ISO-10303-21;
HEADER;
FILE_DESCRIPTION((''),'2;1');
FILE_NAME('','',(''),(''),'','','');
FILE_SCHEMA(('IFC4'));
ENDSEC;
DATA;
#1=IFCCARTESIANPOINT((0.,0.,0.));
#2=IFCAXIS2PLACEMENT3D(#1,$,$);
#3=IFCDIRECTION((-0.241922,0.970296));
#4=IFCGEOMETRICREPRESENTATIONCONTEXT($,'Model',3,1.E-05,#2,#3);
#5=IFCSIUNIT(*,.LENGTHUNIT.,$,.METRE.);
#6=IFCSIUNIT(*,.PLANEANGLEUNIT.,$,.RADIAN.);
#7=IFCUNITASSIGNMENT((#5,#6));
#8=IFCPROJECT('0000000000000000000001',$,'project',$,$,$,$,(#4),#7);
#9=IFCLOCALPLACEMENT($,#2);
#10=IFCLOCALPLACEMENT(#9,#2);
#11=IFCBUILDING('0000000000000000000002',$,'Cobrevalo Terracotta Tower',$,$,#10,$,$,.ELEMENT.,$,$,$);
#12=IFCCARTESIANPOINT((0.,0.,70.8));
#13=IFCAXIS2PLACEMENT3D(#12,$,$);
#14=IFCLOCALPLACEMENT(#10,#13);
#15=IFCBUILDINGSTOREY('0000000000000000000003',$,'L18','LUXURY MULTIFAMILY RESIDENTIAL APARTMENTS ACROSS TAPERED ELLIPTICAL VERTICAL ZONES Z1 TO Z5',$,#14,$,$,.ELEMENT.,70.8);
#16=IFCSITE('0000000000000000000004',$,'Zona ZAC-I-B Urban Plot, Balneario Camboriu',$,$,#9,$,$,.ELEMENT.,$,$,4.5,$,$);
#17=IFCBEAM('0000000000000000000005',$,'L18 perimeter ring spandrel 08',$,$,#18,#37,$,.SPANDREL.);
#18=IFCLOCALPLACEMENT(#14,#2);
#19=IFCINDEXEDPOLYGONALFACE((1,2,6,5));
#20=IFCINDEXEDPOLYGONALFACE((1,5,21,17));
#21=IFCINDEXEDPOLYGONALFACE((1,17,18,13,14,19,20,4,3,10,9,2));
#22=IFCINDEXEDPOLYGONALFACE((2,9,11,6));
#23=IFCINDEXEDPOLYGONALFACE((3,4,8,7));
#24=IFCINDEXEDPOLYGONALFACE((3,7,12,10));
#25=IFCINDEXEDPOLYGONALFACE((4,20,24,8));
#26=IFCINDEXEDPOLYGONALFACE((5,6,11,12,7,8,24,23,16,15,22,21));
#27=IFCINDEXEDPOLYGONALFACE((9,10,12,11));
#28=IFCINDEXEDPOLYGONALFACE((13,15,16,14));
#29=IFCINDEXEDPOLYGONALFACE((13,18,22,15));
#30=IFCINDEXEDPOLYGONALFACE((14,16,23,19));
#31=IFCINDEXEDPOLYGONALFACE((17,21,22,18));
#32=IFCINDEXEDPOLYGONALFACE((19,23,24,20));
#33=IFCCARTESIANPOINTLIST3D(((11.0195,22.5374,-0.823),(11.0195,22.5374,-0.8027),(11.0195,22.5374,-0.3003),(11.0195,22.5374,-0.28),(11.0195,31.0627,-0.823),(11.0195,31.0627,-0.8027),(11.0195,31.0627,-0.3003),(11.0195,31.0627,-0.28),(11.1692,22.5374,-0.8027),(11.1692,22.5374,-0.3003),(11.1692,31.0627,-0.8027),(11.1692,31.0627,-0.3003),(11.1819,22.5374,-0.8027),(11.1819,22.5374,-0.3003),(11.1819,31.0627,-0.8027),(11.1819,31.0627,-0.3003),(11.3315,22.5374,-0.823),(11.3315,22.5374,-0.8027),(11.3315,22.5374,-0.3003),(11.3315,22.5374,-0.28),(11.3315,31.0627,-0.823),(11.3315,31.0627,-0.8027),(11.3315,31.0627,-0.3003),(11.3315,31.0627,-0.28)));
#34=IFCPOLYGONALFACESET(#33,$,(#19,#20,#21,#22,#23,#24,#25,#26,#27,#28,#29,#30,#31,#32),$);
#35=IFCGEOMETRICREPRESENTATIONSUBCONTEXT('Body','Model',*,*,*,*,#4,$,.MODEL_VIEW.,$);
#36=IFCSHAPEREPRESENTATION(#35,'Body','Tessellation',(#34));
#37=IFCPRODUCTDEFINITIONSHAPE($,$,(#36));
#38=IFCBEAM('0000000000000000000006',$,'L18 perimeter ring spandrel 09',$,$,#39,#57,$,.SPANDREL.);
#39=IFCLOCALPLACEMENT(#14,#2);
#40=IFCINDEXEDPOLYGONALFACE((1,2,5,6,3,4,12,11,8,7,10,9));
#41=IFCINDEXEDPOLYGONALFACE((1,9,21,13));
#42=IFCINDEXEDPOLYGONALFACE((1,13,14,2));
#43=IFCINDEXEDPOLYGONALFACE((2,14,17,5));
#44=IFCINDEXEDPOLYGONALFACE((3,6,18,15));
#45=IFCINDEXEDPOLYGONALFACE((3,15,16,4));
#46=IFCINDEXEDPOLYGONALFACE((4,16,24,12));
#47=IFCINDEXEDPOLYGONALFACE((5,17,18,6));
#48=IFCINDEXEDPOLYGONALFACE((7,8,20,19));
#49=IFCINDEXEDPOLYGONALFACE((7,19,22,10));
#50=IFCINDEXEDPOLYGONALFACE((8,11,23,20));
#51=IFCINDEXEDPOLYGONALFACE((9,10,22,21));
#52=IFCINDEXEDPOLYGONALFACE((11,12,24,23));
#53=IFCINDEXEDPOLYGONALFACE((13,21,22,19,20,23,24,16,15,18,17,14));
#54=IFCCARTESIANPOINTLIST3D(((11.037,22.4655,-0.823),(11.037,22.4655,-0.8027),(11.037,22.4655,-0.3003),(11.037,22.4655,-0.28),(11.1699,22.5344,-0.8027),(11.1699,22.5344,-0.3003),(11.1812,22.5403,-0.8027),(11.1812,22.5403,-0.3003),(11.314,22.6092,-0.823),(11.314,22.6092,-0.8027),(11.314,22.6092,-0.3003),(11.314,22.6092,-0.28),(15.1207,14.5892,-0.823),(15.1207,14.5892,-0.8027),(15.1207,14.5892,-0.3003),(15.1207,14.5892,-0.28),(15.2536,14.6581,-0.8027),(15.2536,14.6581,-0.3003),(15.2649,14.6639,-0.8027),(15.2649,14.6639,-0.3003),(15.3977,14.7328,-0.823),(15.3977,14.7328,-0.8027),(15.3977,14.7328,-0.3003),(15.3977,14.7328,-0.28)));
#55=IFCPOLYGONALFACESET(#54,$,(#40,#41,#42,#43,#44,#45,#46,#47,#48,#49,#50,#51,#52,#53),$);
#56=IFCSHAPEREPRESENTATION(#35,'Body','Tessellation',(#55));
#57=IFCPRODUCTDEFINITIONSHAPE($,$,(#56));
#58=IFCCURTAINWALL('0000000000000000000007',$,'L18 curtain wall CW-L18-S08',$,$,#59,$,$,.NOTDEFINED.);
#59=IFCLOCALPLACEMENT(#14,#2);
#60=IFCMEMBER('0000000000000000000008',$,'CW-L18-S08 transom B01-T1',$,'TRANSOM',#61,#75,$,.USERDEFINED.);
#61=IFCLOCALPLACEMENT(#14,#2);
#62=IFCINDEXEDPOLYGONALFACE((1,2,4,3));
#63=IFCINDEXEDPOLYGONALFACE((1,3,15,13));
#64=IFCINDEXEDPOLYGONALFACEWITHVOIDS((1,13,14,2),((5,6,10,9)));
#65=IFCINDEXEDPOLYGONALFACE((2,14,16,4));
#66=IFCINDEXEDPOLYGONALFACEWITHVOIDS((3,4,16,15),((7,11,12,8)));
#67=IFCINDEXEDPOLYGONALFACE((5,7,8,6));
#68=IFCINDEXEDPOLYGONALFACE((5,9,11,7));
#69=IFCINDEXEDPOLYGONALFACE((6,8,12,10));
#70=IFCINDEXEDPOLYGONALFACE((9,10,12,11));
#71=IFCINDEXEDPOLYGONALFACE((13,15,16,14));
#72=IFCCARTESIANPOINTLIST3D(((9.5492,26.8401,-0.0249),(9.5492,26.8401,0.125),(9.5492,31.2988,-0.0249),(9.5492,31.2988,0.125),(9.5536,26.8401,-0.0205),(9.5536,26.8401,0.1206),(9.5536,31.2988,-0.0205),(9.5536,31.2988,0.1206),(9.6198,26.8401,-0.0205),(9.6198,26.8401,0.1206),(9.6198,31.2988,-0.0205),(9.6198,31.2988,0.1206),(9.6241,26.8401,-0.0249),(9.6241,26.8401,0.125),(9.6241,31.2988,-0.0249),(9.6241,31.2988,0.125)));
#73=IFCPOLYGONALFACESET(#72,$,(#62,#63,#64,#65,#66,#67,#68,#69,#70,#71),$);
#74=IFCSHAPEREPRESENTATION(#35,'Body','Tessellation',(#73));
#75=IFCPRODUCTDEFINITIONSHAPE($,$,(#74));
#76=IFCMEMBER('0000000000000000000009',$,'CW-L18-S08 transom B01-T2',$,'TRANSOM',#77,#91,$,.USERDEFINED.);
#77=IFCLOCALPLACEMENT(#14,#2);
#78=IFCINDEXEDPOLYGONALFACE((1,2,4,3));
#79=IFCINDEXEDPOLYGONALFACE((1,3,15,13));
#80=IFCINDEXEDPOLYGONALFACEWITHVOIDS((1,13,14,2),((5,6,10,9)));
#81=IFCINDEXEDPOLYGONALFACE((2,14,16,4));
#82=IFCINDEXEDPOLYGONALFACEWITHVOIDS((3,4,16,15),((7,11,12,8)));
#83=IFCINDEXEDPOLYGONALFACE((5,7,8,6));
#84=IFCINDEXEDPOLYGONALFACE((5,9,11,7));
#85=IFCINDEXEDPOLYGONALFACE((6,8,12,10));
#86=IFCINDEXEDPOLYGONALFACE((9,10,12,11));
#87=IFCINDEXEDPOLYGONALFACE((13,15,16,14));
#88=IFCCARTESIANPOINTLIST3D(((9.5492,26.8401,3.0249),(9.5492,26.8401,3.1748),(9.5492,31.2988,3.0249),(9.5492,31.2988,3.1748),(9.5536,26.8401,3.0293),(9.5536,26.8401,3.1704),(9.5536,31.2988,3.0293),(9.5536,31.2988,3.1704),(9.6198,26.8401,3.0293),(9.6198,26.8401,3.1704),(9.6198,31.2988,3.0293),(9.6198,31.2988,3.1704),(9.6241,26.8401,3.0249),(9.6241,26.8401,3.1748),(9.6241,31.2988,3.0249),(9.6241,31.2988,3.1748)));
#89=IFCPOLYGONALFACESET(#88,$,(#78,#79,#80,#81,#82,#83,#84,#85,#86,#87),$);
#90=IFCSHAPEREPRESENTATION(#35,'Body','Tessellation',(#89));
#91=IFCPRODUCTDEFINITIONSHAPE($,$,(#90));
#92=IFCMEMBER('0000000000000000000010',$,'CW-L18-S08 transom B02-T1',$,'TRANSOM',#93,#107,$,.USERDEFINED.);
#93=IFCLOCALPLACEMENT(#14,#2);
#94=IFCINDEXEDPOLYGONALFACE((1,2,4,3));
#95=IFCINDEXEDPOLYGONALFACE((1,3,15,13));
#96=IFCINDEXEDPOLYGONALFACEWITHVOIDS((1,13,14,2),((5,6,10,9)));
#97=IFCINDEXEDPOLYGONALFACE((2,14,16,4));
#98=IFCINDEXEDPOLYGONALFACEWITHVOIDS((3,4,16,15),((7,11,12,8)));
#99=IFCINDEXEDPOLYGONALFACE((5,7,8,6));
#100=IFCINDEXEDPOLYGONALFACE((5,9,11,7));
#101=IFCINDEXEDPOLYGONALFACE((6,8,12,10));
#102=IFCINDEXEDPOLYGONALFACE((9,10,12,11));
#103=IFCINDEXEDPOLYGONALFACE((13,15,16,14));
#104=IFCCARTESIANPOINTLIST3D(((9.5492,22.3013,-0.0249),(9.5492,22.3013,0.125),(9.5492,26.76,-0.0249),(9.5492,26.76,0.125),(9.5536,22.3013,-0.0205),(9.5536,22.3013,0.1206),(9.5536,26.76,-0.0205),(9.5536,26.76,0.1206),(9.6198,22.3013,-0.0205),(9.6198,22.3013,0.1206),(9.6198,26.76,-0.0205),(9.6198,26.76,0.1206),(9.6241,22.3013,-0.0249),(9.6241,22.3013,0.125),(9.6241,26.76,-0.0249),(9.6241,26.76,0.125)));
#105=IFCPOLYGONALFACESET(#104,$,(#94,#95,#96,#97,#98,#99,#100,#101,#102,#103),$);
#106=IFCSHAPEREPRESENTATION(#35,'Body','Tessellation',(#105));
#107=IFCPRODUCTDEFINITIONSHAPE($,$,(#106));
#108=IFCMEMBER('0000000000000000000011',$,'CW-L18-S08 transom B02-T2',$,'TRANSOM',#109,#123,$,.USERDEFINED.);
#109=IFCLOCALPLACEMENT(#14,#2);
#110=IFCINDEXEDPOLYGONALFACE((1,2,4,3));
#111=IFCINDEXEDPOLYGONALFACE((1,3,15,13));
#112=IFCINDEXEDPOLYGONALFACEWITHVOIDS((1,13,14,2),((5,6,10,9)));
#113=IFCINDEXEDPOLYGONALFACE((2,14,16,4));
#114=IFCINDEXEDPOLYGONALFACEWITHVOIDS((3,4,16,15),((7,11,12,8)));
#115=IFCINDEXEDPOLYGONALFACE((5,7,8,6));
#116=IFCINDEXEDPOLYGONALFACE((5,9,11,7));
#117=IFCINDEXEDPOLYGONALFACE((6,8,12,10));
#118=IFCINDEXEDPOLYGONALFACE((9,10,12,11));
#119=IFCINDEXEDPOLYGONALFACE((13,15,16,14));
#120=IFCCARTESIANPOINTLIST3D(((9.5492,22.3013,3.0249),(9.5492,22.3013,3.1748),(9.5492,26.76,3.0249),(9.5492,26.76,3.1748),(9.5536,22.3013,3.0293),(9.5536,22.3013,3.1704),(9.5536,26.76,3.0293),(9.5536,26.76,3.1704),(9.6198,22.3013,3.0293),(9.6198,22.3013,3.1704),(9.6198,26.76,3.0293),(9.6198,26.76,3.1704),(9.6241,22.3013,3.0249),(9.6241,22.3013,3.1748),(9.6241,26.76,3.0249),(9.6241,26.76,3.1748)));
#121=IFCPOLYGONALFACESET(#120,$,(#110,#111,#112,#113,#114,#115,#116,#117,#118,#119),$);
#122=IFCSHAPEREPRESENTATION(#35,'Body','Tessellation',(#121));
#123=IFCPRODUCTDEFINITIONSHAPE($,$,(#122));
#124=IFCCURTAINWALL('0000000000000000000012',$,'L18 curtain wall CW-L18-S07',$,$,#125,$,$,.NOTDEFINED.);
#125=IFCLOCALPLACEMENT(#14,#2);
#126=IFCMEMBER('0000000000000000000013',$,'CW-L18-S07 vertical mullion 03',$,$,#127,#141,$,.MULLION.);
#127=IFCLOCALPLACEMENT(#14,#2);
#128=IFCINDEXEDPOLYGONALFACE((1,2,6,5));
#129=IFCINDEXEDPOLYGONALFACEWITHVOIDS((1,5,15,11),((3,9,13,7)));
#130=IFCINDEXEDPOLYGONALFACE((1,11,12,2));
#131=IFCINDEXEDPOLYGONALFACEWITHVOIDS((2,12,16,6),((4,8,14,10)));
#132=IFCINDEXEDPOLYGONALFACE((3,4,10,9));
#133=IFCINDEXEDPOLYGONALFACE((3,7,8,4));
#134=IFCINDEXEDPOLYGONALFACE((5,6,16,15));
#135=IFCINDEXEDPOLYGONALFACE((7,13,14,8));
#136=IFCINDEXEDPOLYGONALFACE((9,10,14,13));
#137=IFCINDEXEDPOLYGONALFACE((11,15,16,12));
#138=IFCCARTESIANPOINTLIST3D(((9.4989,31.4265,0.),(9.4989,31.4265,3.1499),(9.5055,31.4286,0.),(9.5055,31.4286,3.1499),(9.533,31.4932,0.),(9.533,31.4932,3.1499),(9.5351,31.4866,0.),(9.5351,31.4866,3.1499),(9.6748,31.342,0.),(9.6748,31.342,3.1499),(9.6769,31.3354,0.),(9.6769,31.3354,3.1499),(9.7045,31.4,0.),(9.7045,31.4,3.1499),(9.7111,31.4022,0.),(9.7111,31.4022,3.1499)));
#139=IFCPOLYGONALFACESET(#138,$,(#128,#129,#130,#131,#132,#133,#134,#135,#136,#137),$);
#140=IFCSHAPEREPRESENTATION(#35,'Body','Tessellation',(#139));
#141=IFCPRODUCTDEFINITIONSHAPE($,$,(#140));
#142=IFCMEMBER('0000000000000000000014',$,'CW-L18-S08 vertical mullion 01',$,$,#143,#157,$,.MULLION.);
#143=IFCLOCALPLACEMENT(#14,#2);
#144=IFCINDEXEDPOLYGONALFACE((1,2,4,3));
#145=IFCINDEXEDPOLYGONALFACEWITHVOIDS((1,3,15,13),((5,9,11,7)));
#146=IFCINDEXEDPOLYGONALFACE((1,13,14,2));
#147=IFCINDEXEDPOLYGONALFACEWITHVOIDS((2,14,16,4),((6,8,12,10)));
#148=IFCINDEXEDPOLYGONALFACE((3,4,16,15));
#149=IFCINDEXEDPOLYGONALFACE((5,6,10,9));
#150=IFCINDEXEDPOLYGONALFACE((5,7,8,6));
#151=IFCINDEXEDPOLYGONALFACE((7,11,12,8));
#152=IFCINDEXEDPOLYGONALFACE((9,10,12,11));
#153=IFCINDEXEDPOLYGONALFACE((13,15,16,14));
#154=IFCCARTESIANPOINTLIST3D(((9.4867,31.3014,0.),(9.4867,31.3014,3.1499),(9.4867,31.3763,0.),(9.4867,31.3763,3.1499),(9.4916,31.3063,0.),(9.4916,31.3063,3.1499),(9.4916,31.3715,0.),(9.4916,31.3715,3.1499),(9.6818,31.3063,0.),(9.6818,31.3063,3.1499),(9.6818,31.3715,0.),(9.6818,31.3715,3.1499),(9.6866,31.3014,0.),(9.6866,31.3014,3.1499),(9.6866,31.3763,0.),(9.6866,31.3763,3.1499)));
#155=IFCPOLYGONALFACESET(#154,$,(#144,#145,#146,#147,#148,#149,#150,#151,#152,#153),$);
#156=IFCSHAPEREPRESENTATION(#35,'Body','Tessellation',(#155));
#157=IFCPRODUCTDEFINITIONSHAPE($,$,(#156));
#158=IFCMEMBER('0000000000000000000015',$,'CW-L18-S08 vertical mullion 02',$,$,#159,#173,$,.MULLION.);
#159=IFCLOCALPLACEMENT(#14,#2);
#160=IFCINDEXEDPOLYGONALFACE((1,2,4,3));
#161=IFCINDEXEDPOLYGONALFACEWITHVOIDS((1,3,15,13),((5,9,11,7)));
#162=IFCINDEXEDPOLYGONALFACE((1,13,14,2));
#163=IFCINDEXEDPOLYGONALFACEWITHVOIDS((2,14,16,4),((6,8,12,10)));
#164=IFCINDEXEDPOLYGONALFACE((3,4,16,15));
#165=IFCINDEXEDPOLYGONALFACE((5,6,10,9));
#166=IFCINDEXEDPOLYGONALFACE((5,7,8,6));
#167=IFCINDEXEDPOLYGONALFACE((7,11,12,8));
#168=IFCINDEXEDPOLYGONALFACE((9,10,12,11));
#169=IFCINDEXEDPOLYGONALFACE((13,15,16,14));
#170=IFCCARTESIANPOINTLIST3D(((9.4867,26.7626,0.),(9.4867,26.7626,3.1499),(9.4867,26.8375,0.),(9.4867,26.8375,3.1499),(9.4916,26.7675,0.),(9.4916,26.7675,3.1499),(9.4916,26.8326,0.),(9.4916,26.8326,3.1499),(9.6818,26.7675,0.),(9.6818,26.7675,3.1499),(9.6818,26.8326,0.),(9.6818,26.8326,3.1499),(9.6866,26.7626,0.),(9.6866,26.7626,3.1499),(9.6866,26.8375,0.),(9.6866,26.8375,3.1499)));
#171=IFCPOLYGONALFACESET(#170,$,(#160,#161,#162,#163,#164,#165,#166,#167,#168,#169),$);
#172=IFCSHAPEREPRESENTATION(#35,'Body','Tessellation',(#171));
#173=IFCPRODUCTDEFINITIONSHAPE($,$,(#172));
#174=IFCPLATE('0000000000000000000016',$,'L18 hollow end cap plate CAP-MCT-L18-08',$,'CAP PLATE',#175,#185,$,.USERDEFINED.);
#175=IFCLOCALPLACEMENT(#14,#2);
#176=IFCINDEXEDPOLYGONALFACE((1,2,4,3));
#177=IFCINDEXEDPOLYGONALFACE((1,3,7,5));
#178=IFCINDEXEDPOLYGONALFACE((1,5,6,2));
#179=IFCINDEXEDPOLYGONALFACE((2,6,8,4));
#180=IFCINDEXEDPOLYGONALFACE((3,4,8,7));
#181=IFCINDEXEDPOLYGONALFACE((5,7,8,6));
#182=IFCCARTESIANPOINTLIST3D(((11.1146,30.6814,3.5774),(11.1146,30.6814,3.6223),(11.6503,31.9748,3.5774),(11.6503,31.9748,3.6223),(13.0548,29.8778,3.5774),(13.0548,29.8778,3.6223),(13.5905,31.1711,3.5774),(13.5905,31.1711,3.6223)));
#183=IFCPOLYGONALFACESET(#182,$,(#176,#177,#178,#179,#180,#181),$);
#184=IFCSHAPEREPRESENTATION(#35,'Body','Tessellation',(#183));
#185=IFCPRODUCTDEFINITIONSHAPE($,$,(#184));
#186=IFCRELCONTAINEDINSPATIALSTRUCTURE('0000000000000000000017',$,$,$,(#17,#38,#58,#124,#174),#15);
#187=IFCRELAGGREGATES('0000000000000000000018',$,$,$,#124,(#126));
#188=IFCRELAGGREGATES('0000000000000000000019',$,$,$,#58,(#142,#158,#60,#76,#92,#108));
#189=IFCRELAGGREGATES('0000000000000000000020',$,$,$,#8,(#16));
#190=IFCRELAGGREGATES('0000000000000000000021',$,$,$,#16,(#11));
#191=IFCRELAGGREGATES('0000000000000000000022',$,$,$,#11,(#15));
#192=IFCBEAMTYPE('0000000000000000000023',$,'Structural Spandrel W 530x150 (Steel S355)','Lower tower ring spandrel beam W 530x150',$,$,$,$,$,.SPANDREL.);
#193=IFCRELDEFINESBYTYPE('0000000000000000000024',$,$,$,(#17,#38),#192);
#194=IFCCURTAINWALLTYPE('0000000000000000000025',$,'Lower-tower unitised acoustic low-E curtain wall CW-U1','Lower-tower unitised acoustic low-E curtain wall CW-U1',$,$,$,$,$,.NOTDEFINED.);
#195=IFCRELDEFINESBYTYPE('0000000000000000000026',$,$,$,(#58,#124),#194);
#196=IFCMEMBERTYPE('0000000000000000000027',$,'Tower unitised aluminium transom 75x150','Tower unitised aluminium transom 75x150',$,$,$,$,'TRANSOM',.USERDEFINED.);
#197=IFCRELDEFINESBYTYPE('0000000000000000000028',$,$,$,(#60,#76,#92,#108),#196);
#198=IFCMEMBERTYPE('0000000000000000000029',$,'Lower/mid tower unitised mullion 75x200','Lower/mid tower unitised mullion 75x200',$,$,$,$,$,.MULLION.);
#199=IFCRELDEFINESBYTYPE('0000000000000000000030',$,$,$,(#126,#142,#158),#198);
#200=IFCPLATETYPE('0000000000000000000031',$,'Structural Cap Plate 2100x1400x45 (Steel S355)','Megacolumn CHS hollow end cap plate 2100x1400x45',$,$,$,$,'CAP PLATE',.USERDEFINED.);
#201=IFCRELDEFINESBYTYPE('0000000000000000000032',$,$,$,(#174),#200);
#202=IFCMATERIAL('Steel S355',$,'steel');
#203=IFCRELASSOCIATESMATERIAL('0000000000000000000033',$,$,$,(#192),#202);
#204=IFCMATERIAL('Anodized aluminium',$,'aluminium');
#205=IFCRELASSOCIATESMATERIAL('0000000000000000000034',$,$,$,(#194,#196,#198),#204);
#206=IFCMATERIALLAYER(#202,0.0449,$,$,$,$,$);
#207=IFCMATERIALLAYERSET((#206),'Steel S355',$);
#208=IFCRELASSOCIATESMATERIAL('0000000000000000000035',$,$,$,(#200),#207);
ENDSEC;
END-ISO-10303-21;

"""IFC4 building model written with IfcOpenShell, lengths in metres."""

from ifc_helpers import new_model, si_unit, direction, frame, origin, origin_2d, place, context, subcontext, project, spatial, rectangle, hollow_rectangle, i_section, extrude, source, transform, mapped, material, layer, layer_set, material_profile, profile_set, type_object, element, aggregate, save


model = new_model("IFC4")

# Units and contexts
model_context = context("Model", 3, precision=1e-05, world=origin(), true_north=direction((-0.241922, 0.970296)))
body_context = subcontext(model_context, "Body", "Model", "MODEL_VIEW")
ifc_project = project(units=[si_unit("LENGTHUNIT", "METRE"), si_unit("PLANEANGLEUNIT", "RADIAN")], contexts=[model_context])

# Site, building, storey
site_placement = place(None, origin())
site = spatial("IfcSite", under=ifc_project, at=site_placement, Name="Zona ZAC-I-B Urban Plot, Balneario Camboriu", CompositionType="ELEMENT", RefElevation=4.5)
building_placement = place(site_placement, origin())
building = spatial("IfcBuilding", under=site, at=building_placement, Name="Cobrevalo Terracotta Tower", CompositionType="ELEMENT")
storey_placement = place(building_placement, frame((0.0, 0.0, 70.8)))
storey = spatial("IfcBuildingStorey", under=building, at=storey_placement, Name="L18", Description="LUXURY MULTIFAMILY RESIDENTIAL APARTMENTS ACROSS TAPERED ELLIPTICAL VERTICAL ZONES Z1 TO Z5", CompositionType="ELEMENT", Elevation=70.8)

# Shared definitions
ifc_material_1 = material(Name="Steel S355", Category="steel")

# Beams
ifc_material_profile_1 = material_profile(ifc_material_1, i_section(OverallWidth=0.312, OverallDepth=0.543, WebThickness=0.0127, FlangeThickness=0.0203, at=origin_2d()), Name="W 530x150")
ifc_profile_set_1 = profile_set([ifc_material_profile_1], Name="Steel S355")
beam_type_1 = type_object("IfcBeamType", Name="Structural Spandrel W 530x150 (Steel S355)", Description="Lower tower ring spandrel beam W 530x150", PredefinedType="SPANDREL", material=ifc_profile_set_1)
beam_1_placement = place(storey_placement, frame((11.1755, 31.0627, -0.5515), z_axis=(0.0, -1.0, 0.0), x_axis=(1.0, 0.0, 0.0)))
element("IfcBeam", 1, at=beam_1_placement, inside=storey, type_object=beam_type_1, Name="L18 perimeter ring spandrel 08", PredefinedType="SPANDREL", context=body_context, shape_type="SweptSolid", body=[
    extrude(i_section(OverallWidth=0.312, OverallDepth=0.543, WebThickness=0.0127, FlangeThickness=0.0203, at=origin_2d()), origin(), (0.0, 0.0, 1.0), 8.5254),
])
beam_2_placement = place(storey_placement, frame((11.1755, 22.5374, -0.5515), z_axis=(0.460286, -0.887771, 0.0), x_axis=(0.887771, 0.460286, 0.0)))
element("IfcBeam", 2, at=beam_2_placement, inside=storey, type_object=beam_type_1, Name="L18 perimeter ring spandrel 09", PredefinedType="SPANDREL", context=body_context, shape_type="SweptSolid", body=[
    extrude(i_section(OverallWidth=0.312, OverallDepth=0.543, WebThickness=0.0127, FlangeThickness=0.0203, at=origin_2d()), origin(), (0.0, 0.0, 1.0), 8.8721),
])

# Curtain wall, members
ifc_material_2 = material(Name="Anodized aluminium", Category="aluminium")
curtain_wall_type = type_object("IfcCurtainWallType", Name="Lower-tower unitised acoustic low-E curtain wall CW-U1", Description="Lower-tower unitised acoustic low-E curtain wall CW-U1", PredefinedType="NOTDEFINED", material=ifc_material_2)
curtain_wall_1_placement = place(storey_placement, origin())
curtain_wall_1 = element("IfcCurtainWall", 3, at=curtain_wall_1_placement, inside=storey, type_object=curtain_wall_type, Name="L18 curtain wall CW-L18-S08", PredefinedType="NOTDEFINED")
ifc_material_profile_2 = material_profile(ifc_material_2, hollow_rectangle(XDim=0.075, YDim=0.1499, WallThickness=0.0044, at=origin_2d()), Name="CWT 75x150")
ifc_profile_set_2 = profile_set([ifc_material_profile_2], Name="Anodized aluminium")
member_type_1 = type_object("IfcMemberType", Name="Tower unitised aluminium transom 75x150", Description="Tower unitised aluminium transom 75x150", ElementType="TRANSOM", PredefinedType="USERDEFINED", material=ifc_profile_set_2)
shared_shape_1 = source(origin(), body_context, "Body", "SweptSolid", [
    extrude(hollow_rectangle(XDim=0.075, YDim=0.1499, WallThickness=0.0044, at=origin_2d()), origin(), (0.0, 0.0, 1.0), 4.4587),
])
member_1_placement = place(storey_placement, frame((9.5867, 31.2988, 0.05), z_axis=(0.0, -1.0, 0.0), x_axis=(1.0, 0.0, 0.0)))
member_1 = element("IfcMember", 4, at=member_1_placement, type_object=member_type_1, Name="CW-L18-S08 transom B01-T1", ObjectType="TRANSOM", PredefinedType="USERDEFINED", context=body_context, shape_type="MappedRepresentation", body=[
    mapped(shared_shape_1, transform((0.0, 0.0, 0.0), scale=1.0)),
])
member_2_placement = place(storey_placement, frame((9.5867, 31.2988, 3.0999), z_axis=(0.0, -1.0, 0.0), x_axis=(1.0, 0.0, 0.0)))
member_2 = element("IfcMember", 5, at=member_2_placement, type_object=member_type_1, Name="CW-L18-S08 transom B01-T2", ObjectType="TRANSOM", PredefinedType="USERDEFINED", context=body_context, shape_type="MappedRepresentation", body=[
    mapped(shared_shape_1, transform((0.0, 0.0, 0.0), scale=1.0)),
])
member_3_placement = place(storey_placement, frame((9.5867, 26.76, 0.05), z_axis=(0.0, -1.0, 0.0), x_axis=(1.0, 0.0, 0.0)))
member_3 = element("IfcMember", 6, at=member_3_placement, type_object=member_type_1, Name="CW-L18-S08 transom B02-T1", ObjectType="TRANSOM", PredefinedType="USERDEFINED", context=body_context, shape_type="MappedRepresentation", body=[
    mapped(shared_shape_1, transform((0.0, 0.0, 0.0), scale=1.0)),
])
member_4_placement = place(storey_placement, frame((9.5867, 26.76, 3.0999), z_axis=(0.0, -1.0, 0.0), x_axis=(1.0, 0.0, 0.0)))
member_4 = element("IfcMember", 7, at=member_4_placement, type_object=member_type_1, Name="CW-L18-S08 transom B02-T2", ObjectType="TRANSOM", PredefinedType="USERDEFINED", context=body_context, shape_type="MappedRepresentation", body=[
    mapped(shared_shape_1, transform((0.0, 0.0, 0.0), scale=1.0)),
])

# Curtain wall, member
curtain_wall_2_placement = place(storey_placement, origin())
curtain_wall_2 = element("IfcCurtainWall", 8, at=curtain_wall_2_placement, inside=storey, type_object=curtain_wall_type, Name="L18 curtain wall CW-L18-S07", PredefinedType="NOTDEFINED")
ifc_material_profile_3 = material_profile(ifc_material_2, hollow_rectangle(XDim=0.075, YDim=0.2, WallThickness=0.0049, at=origin_2d()), Name="CWM 75x200")
ifc_profile_set_3 = profile_set([ifc_material_profile_3], Name="Anodized aluminium")
member_type_2 = type_object("IfcMemberType", Name="Lower/mid tower unitised mullion 75x200", Description="Lower/mid tower unitised mullion 75x200", PredefinedType="MULLION", material=ifc_profile_set_3)
shared_shape_2 = source(origin(), body_context, "Body", "SweptSolid", [
    extrude(hollow_rectangle(XDim=0.075, YDim=0.2, WallThickness=0.0049, at=origin_2d()), origin(), (0.0, 0.0, 1.0), 3.1499),
])
member_5_placement = place(storey_placement, frame((9.605, 31.4143, 0.0), z_axis=(0.0, 0.0, 1.0), x_axis=(-0.455234, -0.890372, 0.0)))
member_5 = element("IfcMember", 9, at=member_5_placement, type_object=member_type_2, Name="CW-L18-S07 vertical mullion 03", PredefinedType="MULLION", context=body_context, shape_type="MappedRepresentation", body=[
    mapped(shared_shape_2, transform((0.0, 0.0, 0.0), scale=1.0)),
])

# Members
member_6_placement = place(storey_placement, frame((9.5867, 31.3389, 0.0), z_axis=(0.0, 0.0, 1.0), x_axis=(0.0, -1.0, 0.0)))
member_6 = element("IfcMember", 10, at=member_6_placement, type_object=member_type_2, Name="CW-L18-S08 vertical mullion 01", PredefinedType="MULLION", context=body_context, shape_type="MappedRepresentation", body=[
    mapped(shared_shape_2, transform((0.0, 0.0, 0.0), scale=1.0)),
])
member_7_placement = place(storey_placement, frame((9.5867, 26.8, 0.0), z_axis=(0.0, 0.0, 1.0), x_axis=(0.0, -1.0, 0.0)))
member_7 = element("IfcMember", 11, at=member_7_placement, type_object=member_type_2, Name="CW-L18-S08 vertical mullion 02", PredefinedType="MULLION", context=body_context, shape_type="MappedRepresentation", body=[
    mapped(shared_shape_2, transform((0.0, 0.0, 0.0), scale=1.0)),
])

# Plate
ifc_layer_1 = layer(ifc_material_1, 0.0449)
ifc_layer_set_1 = layer_set([ifc_layer_1], Name="Steel S355")
plate_type_1 = type_object("IfcPlateType", Name="Structural Cap Plate 2100x1400x45 (Steel S355)", Description="Megacolumn CHS hollow end cap plate 2100x1400x45", ElementType="CAP PLATE", PredefinedType="USERDEFINED", material=ifc_layer_set_1)
shared_shape_3 = source(origin(), body_context, "Body", "SweptSolid", [
    extrude(rectangle(XDim=2.1001, YDim=1.3999, at=origin_2d()), origin(), (0.0, 0.0, 1.0), 0.0449),
])
for number, where, z_axis, x_axis, name in (
    (12, (12.3525, 30.9263, 3.5774), (0.0, 0.0, 1.0), (-0.92388, 0.382683, 0.0), "L18 hollow end cap plate CAP-MCT-L18-08"),
):
    element("IfcPlate", number, at=place(storey_placement, frame(where, z_axis=z_axis, x_axis=x_axis)), inside=storey, type_object=plate_type_1, Name=name, ObjectType="CAP PLATE", PredefinedType="USERDEFINED", context=body_context, shape_type="MappedRepresentation", body=[
        mapped(shared_shape_3, transform((0.0, 0.0, 0.0), scale=1.0)),
    ])

aggregate(curtain_wall_2, [member_5])
aggregate(curtain_wall_1, [member_6, member_7, member_1, member_2, member_3, member_4])

save(model, "model.ifc")
